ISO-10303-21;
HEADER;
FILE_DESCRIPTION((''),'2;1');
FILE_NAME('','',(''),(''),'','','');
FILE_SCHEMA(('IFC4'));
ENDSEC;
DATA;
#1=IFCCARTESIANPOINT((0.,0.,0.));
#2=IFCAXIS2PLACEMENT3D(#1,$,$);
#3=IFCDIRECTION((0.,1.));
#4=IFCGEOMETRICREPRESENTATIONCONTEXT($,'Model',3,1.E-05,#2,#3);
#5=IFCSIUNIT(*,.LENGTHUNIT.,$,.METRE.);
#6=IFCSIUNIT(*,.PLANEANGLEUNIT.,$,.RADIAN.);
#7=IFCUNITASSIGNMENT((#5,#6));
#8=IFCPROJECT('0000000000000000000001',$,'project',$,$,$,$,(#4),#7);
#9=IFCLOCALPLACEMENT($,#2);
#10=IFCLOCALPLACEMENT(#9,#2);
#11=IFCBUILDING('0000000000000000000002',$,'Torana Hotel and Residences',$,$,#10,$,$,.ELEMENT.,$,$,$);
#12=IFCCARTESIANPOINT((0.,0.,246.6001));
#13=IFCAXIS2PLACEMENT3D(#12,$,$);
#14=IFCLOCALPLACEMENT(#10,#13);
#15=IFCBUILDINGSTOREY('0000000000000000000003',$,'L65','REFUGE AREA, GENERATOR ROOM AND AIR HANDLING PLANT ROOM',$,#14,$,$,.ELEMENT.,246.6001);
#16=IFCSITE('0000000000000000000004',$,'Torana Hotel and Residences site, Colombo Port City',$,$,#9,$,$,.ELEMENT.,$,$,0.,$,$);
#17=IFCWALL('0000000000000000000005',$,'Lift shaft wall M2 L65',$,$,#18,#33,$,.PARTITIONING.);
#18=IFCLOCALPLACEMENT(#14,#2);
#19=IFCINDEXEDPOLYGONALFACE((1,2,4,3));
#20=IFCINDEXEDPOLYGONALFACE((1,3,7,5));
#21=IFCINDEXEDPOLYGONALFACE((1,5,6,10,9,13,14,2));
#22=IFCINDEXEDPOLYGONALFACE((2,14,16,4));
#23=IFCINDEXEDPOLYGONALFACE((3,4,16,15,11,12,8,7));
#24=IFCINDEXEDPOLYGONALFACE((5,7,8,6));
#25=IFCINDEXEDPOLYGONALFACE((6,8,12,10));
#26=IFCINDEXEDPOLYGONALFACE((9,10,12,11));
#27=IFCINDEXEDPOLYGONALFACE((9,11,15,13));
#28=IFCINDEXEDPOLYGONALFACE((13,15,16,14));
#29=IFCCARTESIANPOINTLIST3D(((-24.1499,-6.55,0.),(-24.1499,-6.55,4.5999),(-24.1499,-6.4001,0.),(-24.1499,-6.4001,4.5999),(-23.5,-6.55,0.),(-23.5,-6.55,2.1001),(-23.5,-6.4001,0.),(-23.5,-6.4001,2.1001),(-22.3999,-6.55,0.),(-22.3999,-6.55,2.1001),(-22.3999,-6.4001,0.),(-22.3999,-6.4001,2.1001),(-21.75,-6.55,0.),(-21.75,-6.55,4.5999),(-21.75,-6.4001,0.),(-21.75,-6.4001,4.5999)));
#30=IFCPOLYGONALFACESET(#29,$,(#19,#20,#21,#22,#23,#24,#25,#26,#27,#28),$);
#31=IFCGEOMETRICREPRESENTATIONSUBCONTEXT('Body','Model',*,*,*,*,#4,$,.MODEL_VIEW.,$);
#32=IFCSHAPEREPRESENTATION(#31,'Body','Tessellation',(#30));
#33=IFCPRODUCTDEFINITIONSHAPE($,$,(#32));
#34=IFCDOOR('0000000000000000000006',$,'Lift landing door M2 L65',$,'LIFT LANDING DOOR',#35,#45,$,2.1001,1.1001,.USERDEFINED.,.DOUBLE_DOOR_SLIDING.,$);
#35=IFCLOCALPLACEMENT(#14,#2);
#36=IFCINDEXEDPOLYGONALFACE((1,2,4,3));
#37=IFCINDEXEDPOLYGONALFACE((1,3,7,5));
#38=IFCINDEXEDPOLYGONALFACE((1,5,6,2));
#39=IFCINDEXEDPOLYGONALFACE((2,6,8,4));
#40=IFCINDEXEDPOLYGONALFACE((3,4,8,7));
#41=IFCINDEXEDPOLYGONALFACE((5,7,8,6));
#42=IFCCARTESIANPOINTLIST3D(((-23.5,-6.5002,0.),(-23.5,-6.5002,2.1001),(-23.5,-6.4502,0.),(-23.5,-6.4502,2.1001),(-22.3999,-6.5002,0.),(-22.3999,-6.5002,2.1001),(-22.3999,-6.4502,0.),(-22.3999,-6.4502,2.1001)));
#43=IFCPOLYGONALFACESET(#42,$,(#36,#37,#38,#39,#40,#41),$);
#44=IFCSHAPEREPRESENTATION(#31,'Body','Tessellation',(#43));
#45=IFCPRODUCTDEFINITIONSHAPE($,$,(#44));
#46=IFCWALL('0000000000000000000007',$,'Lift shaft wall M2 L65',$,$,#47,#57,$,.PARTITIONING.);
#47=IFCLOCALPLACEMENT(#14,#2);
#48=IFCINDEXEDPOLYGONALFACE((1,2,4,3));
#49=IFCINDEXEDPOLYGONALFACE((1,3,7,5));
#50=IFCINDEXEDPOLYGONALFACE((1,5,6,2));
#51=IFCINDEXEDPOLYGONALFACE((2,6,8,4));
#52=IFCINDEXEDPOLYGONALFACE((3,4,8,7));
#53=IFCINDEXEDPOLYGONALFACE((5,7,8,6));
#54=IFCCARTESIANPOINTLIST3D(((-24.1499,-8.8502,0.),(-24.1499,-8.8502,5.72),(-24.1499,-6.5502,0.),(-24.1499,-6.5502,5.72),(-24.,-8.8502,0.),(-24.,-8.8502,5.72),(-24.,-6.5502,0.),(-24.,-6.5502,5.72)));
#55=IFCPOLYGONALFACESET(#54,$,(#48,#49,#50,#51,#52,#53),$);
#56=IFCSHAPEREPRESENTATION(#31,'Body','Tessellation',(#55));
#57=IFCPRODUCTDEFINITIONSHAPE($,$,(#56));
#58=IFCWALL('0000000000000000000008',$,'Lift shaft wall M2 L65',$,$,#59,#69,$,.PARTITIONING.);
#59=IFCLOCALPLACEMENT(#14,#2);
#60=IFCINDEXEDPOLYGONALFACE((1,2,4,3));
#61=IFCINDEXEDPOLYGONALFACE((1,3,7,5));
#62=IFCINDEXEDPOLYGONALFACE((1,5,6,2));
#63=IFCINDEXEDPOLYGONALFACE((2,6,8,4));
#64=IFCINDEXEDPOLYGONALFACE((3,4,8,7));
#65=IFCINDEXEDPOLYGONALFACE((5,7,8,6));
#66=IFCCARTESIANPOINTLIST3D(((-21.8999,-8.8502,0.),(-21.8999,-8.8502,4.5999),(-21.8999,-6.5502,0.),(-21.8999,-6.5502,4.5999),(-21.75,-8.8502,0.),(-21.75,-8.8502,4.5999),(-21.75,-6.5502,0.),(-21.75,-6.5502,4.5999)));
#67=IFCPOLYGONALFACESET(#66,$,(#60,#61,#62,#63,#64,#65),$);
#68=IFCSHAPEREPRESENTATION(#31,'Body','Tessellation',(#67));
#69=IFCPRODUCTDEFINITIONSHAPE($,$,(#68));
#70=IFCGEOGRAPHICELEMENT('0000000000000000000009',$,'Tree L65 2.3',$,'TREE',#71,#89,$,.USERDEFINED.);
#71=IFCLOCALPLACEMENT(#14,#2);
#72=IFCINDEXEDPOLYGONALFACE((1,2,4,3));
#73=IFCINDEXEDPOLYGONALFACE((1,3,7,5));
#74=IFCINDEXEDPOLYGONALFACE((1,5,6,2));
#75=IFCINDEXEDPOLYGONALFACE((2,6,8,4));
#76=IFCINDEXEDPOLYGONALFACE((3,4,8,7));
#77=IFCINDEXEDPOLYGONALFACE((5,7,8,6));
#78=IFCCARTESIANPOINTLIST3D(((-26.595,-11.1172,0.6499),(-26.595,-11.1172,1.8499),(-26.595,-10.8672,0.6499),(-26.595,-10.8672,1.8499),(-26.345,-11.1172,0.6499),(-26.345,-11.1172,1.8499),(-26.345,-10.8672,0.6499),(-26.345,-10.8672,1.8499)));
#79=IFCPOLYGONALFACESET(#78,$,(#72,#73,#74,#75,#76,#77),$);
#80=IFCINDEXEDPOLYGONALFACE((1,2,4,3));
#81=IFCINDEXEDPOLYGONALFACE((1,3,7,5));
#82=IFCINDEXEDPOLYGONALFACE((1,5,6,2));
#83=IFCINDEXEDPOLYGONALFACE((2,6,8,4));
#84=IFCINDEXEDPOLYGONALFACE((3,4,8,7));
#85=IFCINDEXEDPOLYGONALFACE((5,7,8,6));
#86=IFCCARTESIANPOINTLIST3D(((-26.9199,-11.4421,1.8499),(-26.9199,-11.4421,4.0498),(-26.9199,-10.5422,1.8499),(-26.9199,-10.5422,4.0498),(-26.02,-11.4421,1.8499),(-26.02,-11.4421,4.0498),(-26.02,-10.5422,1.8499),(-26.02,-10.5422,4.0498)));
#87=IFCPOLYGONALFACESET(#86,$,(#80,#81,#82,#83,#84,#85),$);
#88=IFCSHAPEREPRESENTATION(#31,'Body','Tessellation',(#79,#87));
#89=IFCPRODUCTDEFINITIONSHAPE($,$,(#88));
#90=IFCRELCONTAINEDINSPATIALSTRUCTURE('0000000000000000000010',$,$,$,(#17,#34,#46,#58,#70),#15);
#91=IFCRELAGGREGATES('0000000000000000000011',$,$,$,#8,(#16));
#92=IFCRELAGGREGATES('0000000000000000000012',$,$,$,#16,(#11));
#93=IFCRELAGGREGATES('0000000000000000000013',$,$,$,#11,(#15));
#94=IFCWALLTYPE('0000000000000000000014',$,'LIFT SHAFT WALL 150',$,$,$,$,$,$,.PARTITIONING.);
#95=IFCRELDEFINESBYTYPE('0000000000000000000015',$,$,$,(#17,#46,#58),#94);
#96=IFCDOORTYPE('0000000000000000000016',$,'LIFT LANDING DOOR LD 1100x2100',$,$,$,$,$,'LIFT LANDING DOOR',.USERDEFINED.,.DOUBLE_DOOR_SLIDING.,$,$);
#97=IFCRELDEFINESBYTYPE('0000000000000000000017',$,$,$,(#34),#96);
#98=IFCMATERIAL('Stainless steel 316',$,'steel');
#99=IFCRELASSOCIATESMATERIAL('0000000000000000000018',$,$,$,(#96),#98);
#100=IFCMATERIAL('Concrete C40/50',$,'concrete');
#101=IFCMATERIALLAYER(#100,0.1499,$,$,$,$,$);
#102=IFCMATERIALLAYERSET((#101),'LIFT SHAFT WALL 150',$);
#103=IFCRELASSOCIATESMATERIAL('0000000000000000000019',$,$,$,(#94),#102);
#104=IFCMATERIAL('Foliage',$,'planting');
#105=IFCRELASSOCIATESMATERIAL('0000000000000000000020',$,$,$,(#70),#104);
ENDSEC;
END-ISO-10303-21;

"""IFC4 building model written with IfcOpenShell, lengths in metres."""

from ifc_helpers import new_model, si_unit, direction, frame, frame_2d, origin, origin_2d, place, context, subcontext, project, spatial, rectangle, extrude, material, layer, layer_set, type_object, element, fill, save


model = new_model("IFC4")

# Units and contexts
model_context = context("Model", 3, precision=1e-05, world=origin(), true_north=direction((0.0, 1.0)))
body_context = subcontext(model_context, "Body", "Model", "MODEL_VIEW")
ifc_project = project(units=[si_unit("LENGTHUNIT", "METRE"), si_unit("PLANEANGLEUNIT", "RADIAN")], contexts=[model_context])

# Site, building, storey
site_placement = place(None, origin())
site = spatial("IfcSite", under=ifc_project, at=site_placement, Name="Torana Hotel and Residences site, Colombo Port City", CompositionType="ELEMENT", RefElevation=0.0)
building_placement = place(site_placement, origin())
building = spatial("IfcBuilding", under=site, at=building_placement, Name="Torana Hotel and Residences", CompositionType="ELEMENT")
storey_placement = place(building_placement, frame((0.0, 0.0, 246.6001)))
storey = spatial("IfcBuildingStorey", under=building, at=storey_placement, Name="L65", Description="REFUGE AREA, GENERATOR ROOM AND AIR HANDLING PLANT ROOM", CompositionType="ELEMENT", Elevation=246.6001)

# Shared definitions
ifc_material_1 = material(Name="Stainless steel 316", Category="steel")
door_type_1 = type_object("IfcDoorType", Name="LIFT LANDING DOOR LD 1100x2100", ElementType="LIFT LANDING DOOR", OperationType="DOUBLE_DOOR_SLIDING", PredefinedType="USERDEFINED", material=ifc_material_1)

# Shared definitions
ifc_material_2 = material(Name="Concrete C40/50", Category="concrete")
ifc_layer_1 = layer(ifc_material_2, 0.1499)
ifc_layer_set_1 = layer_set([ifc_layer_1], Name="LIFT SHAFT WALL 150")
wall_type_1 = type_object("IfcWallType", Name="LIFT SHAFT WALL 150", PredefinedType="PARTITIONING", material=ifc_layer_set_1)

# Wall, opening, door
wall_1_placement = place(storey_placement, frame((-24.1499, -6.4751, 0.0), z_axis=(0.0, 0.0, 1.0), x_axis=(1.0, 0.0, 0.0)))
wall_1 = element("IfcWall", 1, at=wall_1_placement, inside=storey, type_object=wall_type_1, Name="Lift shaft wall M2 L65", PredefinedType="PARTITIONING", context=body_context, shape_type="SweptSolid", body=[
    extrude(rectangle(XDim=2.3999, YDim=0.1499, at=frame_2d((1.2, 0.0))), origin(), (0.0, 0.0, 1.0), 4.5999),
])
opening_1_placement = place(wall_1_placement, frame((0.6499, 0.0, 0.0)))
opening_1 = element("IfcOpeningElement", 2, at=opening_1_placement, cuts=wall_1, PredefinedType="OPENING", context=body_context, shape_type="SweptSolid", body=[
    extrude(rectangle(XDim=1.1001, YDim=2.1001, at=frame_2d((0.55, 1.05))), frame((0.0, 0.085, 0.0), z_axis=(0.0, -1.0, 0.0), x_axis=(1.0, 0.0, 0.0)), (0.0, 0.0, 1.0), 0.1699),
])
door_1_placement = place(opening_1_placement, origin())
door_1 = element("IfcDoor", 3, at=door_1_placement, inside=storey, type_object=door_type_1, Name="Lift landing door M2 L65", ObjectType="LIFT LANDING DOOR", OperationType="DOUBLE_DOOR_SLIDING", OverallHeight=2.1001, OverallWidth=1.1001, PredefinedType="USERDEFINED", context=body_context, shape_type="SweptSolid", body=[
    extrude(rectangle(XDim=1.1001, YDim=2.1001, at=frame_2d((0.55, 1.05))), frame((0.0, 0.0249, 0.0), z_axis=(0.0, -1.0, 0.0), x_axis=(1.0, 0.0, 0.0)), (0.0, 0.0, 1.0), 0.05),
])
fill(opening_1, door_1)

# Walls
wall_2_placement = place(storey_placement, frame((-24.075, -8.8501, 0.0), z_axis=(0.0, 0.0, 1.0), x_axis=(0.0, 1.0, 0.0)))
element("IfcWall", 4, at=wall_2_placement, inside=storey, type_object=wall_type_1, Name="Lift shaft wall M2 L65", PredefinedType="PARTITIONING", context=body_context, shape_type="SweptSolid", body=[
    extrude(rectangle(XDim=2.3, YDim=0.1499, at=frame_2d((1.1499, 0.0))), origin(), (0.0, 0.0, 1.0), 5.72),
])
wall_3_placement = place(storey_placement, frame((-21.825, -8.8501, 0.0), z_axis=(0.0, 0.0, 1.0), x_axis=(0.0, 1.0, 0.0)))
element("IfcWall", 5, at=wall_3_placement, inside=storey, type_object=wall_type_1, Name="Lift shaft wall M2 L65", PredefinedType="PARTITIONING", context=body_context, shape_type="SweptSolid", body=[
    extrude(rectangle(XDim=2.3, YDim=0.1499, at=frame_2d((1.1499, 0.0))), origin(), (0.0, 0.0, 1.0), 4.5999),
])

# Geographic element
ifc_material_3 = material(Name="Foliage", Category="planting")
geographic_element_placement = place(storey_placement, frame((-26.47, -10.9922, 0.6499), z_axis=(0.0, 0.0, 1.0), x_axis=(1.0, 0.0, 0.0)))
element("IfcGeographicElement", 6, at=geographic_element_placement, inside=storey, material=ifc_material_3, Name="Tree L65 2.3", ObjectType="TREE", PredefinedType="USERDEFINED", context=body_context, shape_type="SweptSolid", body=[
    extrude(rectangle(XDim=0.25, YDim=0.25, at=origin_2d()), origin(), (0.0, 0.0, 1.0), 1.2),
    extrude(rectangle(XDim=0.8999, YDim=0.8999, at=origin_2d()), frame((0.0, 0.0, 1.2)), (0.0, 0.0, 1.0), 2.2),
])

save(model, "model.ifc")
